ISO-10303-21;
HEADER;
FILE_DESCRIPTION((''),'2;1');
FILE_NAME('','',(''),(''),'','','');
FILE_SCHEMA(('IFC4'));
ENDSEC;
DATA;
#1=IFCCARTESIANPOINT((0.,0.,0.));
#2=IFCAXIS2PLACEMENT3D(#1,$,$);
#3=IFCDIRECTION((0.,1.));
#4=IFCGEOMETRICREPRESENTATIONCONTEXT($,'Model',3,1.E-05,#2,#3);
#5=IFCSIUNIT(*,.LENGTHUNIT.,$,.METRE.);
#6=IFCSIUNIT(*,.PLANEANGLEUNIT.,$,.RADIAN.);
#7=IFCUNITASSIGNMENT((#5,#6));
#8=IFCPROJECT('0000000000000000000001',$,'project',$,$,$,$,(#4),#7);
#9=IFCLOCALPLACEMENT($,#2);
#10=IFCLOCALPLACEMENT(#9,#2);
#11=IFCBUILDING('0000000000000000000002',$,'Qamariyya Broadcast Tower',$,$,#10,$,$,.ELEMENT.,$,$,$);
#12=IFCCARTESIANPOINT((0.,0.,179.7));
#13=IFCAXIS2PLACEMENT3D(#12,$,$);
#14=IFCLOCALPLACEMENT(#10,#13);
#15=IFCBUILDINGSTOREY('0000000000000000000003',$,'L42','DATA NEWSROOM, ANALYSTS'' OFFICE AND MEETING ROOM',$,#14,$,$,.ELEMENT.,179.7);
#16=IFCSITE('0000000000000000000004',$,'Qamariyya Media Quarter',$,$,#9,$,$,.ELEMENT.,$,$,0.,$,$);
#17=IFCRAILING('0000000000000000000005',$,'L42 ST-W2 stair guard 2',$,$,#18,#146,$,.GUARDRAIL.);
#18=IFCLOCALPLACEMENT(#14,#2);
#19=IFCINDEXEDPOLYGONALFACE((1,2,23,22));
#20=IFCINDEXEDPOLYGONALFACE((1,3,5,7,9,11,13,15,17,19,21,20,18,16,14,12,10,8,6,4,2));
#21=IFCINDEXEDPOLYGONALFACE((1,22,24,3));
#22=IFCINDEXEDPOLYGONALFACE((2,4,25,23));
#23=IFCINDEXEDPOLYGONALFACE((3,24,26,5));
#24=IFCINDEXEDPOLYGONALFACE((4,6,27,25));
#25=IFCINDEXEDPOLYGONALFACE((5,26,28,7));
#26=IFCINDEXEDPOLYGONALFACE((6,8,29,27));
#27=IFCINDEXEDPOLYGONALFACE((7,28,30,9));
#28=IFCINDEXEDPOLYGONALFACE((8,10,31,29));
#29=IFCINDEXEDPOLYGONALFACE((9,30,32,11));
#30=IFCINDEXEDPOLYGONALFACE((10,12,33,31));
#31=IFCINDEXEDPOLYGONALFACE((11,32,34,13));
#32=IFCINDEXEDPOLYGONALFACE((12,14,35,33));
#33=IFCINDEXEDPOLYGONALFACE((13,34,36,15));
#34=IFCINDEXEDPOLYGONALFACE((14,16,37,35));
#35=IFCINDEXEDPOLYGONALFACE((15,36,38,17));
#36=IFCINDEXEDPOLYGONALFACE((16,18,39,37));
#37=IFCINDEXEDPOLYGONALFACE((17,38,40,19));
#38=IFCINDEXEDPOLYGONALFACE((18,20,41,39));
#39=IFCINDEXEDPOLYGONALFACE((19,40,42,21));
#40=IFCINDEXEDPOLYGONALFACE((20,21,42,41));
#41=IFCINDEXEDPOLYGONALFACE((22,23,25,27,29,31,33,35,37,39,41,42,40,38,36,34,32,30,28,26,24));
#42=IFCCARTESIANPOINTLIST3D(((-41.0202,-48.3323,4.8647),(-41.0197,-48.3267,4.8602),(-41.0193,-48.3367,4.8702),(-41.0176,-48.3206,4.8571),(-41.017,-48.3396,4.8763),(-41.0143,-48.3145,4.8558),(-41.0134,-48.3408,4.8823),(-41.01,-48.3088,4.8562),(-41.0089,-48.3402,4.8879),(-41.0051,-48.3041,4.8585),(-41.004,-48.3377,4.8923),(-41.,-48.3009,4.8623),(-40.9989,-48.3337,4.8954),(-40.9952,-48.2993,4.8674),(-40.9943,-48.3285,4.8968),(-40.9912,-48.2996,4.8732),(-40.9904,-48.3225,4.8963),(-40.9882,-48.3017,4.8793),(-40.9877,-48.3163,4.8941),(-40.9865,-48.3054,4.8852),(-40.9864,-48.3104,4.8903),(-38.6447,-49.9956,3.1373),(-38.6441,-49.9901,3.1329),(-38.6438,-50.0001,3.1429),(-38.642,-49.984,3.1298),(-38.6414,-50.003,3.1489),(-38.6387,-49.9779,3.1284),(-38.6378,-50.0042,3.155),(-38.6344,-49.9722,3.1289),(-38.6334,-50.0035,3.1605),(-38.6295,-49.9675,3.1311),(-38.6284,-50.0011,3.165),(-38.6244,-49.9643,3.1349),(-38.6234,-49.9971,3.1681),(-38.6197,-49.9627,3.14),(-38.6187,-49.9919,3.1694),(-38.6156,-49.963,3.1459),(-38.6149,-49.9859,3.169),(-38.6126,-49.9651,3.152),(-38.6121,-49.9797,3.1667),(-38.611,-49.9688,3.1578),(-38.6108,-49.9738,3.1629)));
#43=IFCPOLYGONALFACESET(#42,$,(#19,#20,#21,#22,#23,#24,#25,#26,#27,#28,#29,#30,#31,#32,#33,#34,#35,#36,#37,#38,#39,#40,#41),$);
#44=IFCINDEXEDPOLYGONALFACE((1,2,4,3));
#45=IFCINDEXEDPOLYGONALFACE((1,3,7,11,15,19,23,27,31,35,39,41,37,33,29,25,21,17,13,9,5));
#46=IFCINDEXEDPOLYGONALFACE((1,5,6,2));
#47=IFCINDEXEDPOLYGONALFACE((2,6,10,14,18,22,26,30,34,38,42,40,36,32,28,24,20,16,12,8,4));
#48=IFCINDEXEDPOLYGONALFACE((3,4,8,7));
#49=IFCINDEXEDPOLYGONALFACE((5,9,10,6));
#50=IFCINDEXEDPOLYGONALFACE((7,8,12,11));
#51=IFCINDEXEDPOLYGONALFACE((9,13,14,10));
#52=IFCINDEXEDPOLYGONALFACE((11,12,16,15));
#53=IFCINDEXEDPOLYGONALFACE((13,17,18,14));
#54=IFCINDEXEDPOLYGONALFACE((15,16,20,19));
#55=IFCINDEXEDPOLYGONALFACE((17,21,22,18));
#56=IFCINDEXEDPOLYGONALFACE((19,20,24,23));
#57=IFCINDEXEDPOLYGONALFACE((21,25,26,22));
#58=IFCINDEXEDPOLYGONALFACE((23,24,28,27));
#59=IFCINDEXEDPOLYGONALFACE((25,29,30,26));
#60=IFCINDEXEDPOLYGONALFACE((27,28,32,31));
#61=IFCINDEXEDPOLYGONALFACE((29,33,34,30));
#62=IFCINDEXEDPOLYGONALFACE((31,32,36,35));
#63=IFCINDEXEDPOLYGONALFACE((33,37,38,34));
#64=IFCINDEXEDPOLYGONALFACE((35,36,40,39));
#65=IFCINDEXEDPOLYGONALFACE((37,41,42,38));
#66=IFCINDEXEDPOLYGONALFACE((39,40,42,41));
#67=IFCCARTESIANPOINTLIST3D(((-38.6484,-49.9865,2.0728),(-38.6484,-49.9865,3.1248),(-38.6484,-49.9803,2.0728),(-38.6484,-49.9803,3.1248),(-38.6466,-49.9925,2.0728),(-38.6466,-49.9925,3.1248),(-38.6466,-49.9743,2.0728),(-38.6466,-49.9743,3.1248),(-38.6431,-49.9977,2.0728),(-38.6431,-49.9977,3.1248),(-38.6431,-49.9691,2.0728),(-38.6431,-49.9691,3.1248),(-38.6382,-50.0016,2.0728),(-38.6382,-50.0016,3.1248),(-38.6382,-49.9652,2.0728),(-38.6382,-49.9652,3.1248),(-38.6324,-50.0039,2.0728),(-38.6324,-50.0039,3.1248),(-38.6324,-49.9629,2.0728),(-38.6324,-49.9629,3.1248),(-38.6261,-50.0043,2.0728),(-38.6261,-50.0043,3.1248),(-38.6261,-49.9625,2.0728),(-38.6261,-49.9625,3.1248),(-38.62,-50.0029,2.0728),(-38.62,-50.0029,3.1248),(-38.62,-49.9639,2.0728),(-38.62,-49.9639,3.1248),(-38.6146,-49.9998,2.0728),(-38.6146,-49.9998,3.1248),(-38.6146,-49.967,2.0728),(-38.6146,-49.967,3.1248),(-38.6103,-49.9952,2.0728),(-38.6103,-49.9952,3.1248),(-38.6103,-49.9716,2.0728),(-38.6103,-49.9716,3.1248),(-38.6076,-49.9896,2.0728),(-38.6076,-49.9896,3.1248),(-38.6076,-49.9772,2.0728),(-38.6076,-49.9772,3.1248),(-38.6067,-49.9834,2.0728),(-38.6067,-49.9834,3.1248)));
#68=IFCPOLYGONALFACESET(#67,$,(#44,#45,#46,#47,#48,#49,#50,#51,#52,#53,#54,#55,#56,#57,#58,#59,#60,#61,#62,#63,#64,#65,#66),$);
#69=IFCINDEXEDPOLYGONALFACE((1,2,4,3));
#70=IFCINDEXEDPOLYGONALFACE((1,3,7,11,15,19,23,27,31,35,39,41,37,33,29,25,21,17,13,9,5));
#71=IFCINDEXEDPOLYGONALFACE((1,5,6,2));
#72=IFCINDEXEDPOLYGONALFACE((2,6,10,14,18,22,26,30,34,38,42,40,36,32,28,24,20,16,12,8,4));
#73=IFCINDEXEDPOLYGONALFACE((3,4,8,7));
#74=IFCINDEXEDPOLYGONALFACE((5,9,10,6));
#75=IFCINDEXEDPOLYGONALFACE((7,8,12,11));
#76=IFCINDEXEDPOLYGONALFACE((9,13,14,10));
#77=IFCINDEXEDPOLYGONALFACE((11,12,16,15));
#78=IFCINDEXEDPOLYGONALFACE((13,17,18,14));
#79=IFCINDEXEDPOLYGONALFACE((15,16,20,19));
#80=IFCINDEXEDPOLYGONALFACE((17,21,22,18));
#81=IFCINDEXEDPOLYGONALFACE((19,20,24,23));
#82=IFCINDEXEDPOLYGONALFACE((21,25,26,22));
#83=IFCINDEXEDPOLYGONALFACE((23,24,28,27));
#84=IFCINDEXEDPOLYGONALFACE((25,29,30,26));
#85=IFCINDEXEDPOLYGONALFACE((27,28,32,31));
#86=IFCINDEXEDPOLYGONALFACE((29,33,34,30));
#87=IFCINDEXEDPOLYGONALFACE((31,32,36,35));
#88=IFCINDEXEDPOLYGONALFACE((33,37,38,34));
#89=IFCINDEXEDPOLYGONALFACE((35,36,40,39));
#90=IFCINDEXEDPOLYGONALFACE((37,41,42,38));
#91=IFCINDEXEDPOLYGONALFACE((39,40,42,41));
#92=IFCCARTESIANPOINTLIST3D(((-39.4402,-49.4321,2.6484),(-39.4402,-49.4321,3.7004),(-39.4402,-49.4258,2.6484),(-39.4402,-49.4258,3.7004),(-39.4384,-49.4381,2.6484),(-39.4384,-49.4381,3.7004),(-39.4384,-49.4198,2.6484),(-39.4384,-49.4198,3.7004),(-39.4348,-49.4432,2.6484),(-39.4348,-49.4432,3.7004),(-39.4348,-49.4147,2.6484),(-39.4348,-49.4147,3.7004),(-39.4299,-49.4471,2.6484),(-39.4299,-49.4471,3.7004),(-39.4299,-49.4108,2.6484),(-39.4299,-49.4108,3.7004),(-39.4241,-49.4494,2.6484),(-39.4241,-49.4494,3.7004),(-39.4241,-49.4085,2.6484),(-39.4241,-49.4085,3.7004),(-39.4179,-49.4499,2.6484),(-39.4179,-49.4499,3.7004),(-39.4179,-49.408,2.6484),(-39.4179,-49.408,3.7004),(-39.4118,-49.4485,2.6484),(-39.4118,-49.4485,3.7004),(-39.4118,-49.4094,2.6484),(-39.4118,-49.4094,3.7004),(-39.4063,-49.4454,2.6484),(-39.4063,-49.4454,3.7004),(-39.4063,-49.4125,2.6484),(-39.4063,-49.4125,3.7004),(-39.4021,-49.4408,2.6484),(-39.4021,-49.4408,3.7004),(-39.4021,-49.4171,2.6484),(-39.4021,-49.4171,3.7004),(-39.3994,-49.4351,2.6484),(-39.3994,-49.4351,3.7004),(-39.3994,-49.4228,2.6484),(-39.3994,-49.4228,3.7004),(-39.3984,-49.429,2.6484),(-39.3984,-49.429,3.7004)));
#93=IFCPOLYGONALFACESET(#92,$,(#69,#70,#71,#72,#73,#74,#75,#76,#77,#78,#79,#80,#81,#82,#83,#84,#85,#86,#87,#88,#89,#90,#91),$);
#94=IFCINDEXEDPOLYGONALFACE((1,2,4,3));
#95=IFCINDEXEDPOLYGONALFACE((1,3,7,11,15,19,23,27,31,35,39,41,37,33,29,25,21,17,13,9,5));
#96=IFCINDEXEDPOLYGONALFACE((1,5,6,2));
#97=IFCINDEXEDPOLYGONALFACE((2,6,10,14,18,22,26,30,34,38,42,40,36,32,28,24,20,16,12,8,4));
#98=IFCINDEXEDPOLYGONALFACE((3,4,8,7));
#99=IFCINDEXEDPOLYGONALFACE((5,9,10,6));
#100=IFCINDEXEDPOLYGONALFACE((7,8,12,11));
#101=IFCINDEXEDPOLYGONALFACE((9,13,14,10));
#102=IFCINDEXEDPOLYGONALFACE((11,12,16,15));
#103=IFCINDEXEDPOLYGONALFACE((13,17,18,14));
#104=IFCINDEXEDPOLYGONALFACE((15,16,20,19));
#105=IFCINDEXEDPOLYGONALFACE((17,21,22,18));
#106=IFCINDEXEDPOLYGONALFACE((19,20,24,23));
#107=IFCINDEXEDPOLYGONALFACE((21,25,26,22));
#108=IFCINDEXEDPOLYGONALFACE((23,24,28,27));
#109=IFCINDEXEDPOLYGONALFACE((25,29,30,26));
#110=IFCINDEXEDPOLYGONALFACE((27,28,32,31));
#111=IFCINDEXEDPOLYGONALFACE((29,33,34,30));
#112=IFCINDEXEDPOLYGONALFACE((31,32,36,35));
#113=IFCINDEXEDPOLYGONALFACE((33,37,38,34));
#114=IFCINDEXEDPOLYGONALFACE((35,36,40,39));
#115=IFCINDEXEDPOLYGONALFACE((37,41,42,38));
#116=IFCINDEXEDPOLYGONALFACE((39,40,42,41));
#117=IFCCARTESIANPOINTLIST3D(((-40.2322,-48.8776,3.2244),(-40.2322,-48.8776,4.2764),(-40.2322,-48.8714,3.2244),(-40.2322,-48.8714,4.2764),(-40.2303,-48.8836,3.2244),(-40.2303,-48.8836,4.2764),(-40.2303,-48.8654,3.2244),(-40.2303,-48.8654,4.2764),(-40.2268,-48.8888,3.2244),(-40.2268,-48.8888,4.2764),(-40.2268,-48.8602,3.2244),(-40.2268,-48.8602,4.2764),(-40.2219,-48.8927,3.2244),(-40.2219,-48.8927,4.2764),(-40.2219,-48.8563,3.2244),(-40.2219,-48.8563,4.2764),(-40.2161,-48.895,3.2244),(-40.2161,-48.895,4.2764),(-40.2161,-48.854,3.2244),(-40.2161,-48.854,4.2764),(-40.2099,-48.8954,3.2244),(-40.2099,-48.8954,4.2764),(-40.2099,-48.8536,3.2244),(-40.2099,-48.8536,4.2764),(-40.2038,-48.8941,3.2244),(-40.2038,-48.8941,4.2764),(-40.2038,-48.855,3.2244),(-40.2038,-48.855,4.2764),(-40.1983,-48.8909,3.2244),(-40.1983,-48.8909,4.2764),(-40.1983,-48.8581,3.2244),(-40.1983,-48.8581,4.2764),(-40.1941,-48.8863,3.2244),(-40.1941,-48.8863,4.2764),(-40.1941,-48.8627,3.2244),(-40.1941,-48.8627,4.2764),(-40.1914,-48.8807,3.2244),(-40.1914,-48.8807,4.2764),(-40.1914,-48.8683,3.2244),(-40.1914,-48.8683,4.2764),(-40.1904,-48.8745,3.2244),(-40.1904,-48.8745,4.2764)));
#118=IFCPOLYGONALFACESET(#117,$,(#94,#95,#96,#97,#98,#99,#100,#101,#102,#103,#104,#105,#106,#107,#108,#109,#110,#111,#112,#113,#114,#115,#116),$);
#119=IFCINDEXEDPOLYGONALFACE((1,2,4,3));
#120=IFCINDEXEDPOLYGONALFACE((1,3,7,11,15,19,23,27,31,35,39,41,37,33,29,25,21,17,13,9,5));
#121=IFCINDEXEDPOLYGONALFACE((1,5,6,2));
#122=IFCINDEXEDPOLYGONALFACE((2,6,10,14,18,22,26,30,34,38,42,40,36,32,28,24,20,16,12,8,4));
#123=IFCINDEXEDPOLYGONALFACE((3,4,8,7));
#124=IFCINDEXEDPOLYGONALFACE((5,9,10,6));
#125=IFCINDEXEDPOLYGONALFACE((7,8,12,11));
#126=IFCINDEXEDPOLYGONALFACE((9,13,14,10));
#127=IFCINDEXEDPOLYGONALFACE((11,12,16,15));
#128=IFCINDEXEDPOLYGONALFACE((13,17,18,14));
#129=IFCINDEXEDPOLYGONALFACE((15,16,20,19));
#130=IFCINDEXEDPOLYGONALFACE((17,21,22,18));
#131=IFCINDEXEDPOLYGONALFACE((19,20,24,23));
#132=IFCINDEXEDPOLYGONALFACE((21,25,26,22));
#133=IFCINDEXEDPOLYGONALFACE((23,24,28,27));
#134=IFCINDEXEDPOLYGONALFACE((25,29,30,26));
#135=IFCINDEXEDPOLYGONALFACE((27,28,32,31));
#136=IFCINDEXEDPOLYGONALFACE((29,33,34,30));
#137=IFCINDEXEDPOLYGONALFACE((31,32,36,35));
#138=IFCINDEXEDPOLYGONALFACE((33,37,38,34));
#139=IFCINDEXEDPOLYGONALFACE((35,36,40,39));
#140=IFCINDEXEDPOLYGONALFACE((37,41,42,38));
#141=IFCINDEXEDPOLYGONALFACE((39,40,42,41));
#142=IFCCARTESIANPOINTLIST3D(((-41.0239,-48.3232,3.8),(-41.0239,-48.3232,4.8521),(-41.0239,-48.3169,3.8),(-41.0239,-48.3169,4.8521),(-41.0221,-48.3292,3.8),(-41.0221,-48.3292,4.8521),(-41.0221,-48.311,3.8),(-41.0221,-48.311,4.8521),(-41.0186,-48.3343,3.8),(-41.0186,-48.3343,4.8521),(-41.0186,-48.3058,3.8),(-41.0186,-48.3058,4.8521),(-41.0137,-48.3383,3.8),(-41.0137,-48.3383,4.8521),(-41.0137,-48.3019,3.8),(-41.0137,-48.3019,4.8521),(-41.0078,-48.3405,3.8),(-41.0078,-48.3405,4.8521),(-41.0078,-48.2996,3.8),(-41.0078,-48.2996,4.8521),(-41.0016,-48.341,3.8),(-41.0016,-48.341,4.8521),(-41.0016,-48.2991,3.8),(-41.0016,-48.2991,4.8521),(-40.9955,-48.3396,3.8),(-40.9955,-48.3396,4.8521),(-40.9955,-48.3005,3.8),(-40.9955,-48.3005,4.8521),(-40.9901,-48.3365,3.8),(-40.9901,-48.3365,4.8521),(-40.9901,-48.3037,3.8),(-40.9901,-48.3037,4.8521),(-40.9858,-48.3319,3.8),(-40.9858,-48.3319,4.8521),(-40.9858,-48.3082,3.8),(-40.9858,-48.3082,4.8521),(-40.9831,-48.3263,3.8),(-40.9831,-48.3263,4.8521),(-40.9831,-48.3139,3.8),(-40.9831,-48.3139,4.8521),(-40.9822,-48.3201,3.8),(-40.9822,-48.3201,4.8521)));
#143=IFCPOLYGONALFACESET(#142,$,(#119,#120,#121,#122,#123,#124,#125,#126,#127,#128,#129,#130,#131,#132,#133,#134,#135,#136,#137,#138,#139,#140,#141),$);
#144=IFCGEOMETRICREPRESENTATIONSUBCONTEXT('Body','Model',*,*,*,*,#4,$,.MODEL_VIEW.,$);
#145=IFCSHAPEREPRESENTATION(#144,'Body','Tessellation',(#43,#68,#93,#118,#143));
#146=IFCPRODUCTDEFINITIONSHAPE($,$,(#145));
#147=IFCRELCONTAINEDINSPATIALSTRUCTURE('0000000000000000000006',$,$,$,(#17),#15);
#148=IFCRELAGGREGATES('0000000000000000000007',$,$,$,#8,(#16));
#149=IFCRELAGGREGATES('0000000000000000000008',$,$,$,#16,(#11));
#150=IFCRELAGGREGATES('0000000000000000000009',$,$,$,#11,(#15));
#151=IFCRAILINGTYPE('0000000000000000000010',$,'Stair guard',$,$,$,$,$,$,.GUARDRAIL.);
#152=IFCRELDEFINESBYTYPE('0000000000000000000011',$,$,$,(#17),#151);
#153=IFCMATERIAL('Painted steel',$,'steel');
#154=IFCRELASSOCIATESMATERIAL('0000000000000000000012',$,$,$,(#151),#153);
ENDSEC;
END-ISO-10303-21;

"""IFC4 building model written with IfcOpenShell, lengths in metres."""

from ifc_helpers import new_model, si_unit, direction, frame, origin, origin_2d, place, context, subcontext, project, spatial, circle, extrude, material, type_object, element, save


model = new_model("IFC4")

# Units and contexts
model_context = context("Model", 3, precision=1e-05, world=origin(), true_north=direction((0.0, 1.0)))
body_context = subcontext(model_context, "Body", "Model", "MODEL_VIEW")
ifc_project = project(units=[si_unit("LENGTHUNIT", "METRE"), si_unit("PLANEANGLEUNIT", "RADIAN")], contexts=[model_context])

# Site, building, storey
site_placement = place(None, origin())
site = spatial("IfcSite", under=ifc_project, at=site_placement, Name="Qamariyya Media Quarter", CompositionType="ELEMENT", RefElevation=0.0)
building_placement = place(site_placement, origin())
building = spatial("IfcBuilding", under=site, at=building_placement, Name="Qamariyya Broadcast Tower", CompositionType="ELEMENT")
storey_placement = place(building_placement, frame((0.0, 0.0, 179.7)))
storey = spatial("IfcBuildingStorey", under=building, at=storey_placement, Name="L42", Description="DATA NEWSROOM, ANALYSTS' OFFICE AND MEETING ROOM", CompositionType="ELEMENT", Elevation=179.7)

# Railing
ifc_material_1 = material(Name="Painted steel", Category="steel")
railing_type_1 = type_object("IfcRailingType", Name="Stair guard", PredefinedType="GUARDRAIL", material=ifc_material_1)
railing_1_placement = place(storey_placement, frame((-38.6277, -49.9834, 2.0728)))
element("IfcRailing", 1, at=railing_1_placement, inside=storey, type_object=railing_type_1, Name="L42 ST-W2 stair guard 2", PredefinedType="GUARDRAIL", context=body_context, shape_type="SweptSolid", body=[
    extrude(circle(Radius=0.0239, at=origin_2d()), frame((0.0, 0.0, 1.0762), z_axis=(-0.70377, 0.492784, 0.511734), x_axis=(-0.573575, -0.819153, 0.0)), (0.0, 0.0, 1.0), 3.3755),
    extrude(circle(Radius=0.021, at=origin_2d()), origin(), (0.0, 0.0, 1.0), 1.052),
    extrude(circle(Radius=0.021, at=origin_2d()), frame((-0.7917, 0.5544, 0.5757)), (0.0, 0.0, 1.0), 1.052),
    extrude(circle(Radius=0.021, at=origin_2d()), frame((-1.5837, 1.1089, 1.1516)), (0.0, 0.0, 1.0), 1.052),
    extrude(circle(Radius=0.021, at=origin_2d()), frame((-2.3755, 1.6633, 1.7273)), (0.0, 0.0, 1.0), 1.052),
])

save(model, "model.ifc")
